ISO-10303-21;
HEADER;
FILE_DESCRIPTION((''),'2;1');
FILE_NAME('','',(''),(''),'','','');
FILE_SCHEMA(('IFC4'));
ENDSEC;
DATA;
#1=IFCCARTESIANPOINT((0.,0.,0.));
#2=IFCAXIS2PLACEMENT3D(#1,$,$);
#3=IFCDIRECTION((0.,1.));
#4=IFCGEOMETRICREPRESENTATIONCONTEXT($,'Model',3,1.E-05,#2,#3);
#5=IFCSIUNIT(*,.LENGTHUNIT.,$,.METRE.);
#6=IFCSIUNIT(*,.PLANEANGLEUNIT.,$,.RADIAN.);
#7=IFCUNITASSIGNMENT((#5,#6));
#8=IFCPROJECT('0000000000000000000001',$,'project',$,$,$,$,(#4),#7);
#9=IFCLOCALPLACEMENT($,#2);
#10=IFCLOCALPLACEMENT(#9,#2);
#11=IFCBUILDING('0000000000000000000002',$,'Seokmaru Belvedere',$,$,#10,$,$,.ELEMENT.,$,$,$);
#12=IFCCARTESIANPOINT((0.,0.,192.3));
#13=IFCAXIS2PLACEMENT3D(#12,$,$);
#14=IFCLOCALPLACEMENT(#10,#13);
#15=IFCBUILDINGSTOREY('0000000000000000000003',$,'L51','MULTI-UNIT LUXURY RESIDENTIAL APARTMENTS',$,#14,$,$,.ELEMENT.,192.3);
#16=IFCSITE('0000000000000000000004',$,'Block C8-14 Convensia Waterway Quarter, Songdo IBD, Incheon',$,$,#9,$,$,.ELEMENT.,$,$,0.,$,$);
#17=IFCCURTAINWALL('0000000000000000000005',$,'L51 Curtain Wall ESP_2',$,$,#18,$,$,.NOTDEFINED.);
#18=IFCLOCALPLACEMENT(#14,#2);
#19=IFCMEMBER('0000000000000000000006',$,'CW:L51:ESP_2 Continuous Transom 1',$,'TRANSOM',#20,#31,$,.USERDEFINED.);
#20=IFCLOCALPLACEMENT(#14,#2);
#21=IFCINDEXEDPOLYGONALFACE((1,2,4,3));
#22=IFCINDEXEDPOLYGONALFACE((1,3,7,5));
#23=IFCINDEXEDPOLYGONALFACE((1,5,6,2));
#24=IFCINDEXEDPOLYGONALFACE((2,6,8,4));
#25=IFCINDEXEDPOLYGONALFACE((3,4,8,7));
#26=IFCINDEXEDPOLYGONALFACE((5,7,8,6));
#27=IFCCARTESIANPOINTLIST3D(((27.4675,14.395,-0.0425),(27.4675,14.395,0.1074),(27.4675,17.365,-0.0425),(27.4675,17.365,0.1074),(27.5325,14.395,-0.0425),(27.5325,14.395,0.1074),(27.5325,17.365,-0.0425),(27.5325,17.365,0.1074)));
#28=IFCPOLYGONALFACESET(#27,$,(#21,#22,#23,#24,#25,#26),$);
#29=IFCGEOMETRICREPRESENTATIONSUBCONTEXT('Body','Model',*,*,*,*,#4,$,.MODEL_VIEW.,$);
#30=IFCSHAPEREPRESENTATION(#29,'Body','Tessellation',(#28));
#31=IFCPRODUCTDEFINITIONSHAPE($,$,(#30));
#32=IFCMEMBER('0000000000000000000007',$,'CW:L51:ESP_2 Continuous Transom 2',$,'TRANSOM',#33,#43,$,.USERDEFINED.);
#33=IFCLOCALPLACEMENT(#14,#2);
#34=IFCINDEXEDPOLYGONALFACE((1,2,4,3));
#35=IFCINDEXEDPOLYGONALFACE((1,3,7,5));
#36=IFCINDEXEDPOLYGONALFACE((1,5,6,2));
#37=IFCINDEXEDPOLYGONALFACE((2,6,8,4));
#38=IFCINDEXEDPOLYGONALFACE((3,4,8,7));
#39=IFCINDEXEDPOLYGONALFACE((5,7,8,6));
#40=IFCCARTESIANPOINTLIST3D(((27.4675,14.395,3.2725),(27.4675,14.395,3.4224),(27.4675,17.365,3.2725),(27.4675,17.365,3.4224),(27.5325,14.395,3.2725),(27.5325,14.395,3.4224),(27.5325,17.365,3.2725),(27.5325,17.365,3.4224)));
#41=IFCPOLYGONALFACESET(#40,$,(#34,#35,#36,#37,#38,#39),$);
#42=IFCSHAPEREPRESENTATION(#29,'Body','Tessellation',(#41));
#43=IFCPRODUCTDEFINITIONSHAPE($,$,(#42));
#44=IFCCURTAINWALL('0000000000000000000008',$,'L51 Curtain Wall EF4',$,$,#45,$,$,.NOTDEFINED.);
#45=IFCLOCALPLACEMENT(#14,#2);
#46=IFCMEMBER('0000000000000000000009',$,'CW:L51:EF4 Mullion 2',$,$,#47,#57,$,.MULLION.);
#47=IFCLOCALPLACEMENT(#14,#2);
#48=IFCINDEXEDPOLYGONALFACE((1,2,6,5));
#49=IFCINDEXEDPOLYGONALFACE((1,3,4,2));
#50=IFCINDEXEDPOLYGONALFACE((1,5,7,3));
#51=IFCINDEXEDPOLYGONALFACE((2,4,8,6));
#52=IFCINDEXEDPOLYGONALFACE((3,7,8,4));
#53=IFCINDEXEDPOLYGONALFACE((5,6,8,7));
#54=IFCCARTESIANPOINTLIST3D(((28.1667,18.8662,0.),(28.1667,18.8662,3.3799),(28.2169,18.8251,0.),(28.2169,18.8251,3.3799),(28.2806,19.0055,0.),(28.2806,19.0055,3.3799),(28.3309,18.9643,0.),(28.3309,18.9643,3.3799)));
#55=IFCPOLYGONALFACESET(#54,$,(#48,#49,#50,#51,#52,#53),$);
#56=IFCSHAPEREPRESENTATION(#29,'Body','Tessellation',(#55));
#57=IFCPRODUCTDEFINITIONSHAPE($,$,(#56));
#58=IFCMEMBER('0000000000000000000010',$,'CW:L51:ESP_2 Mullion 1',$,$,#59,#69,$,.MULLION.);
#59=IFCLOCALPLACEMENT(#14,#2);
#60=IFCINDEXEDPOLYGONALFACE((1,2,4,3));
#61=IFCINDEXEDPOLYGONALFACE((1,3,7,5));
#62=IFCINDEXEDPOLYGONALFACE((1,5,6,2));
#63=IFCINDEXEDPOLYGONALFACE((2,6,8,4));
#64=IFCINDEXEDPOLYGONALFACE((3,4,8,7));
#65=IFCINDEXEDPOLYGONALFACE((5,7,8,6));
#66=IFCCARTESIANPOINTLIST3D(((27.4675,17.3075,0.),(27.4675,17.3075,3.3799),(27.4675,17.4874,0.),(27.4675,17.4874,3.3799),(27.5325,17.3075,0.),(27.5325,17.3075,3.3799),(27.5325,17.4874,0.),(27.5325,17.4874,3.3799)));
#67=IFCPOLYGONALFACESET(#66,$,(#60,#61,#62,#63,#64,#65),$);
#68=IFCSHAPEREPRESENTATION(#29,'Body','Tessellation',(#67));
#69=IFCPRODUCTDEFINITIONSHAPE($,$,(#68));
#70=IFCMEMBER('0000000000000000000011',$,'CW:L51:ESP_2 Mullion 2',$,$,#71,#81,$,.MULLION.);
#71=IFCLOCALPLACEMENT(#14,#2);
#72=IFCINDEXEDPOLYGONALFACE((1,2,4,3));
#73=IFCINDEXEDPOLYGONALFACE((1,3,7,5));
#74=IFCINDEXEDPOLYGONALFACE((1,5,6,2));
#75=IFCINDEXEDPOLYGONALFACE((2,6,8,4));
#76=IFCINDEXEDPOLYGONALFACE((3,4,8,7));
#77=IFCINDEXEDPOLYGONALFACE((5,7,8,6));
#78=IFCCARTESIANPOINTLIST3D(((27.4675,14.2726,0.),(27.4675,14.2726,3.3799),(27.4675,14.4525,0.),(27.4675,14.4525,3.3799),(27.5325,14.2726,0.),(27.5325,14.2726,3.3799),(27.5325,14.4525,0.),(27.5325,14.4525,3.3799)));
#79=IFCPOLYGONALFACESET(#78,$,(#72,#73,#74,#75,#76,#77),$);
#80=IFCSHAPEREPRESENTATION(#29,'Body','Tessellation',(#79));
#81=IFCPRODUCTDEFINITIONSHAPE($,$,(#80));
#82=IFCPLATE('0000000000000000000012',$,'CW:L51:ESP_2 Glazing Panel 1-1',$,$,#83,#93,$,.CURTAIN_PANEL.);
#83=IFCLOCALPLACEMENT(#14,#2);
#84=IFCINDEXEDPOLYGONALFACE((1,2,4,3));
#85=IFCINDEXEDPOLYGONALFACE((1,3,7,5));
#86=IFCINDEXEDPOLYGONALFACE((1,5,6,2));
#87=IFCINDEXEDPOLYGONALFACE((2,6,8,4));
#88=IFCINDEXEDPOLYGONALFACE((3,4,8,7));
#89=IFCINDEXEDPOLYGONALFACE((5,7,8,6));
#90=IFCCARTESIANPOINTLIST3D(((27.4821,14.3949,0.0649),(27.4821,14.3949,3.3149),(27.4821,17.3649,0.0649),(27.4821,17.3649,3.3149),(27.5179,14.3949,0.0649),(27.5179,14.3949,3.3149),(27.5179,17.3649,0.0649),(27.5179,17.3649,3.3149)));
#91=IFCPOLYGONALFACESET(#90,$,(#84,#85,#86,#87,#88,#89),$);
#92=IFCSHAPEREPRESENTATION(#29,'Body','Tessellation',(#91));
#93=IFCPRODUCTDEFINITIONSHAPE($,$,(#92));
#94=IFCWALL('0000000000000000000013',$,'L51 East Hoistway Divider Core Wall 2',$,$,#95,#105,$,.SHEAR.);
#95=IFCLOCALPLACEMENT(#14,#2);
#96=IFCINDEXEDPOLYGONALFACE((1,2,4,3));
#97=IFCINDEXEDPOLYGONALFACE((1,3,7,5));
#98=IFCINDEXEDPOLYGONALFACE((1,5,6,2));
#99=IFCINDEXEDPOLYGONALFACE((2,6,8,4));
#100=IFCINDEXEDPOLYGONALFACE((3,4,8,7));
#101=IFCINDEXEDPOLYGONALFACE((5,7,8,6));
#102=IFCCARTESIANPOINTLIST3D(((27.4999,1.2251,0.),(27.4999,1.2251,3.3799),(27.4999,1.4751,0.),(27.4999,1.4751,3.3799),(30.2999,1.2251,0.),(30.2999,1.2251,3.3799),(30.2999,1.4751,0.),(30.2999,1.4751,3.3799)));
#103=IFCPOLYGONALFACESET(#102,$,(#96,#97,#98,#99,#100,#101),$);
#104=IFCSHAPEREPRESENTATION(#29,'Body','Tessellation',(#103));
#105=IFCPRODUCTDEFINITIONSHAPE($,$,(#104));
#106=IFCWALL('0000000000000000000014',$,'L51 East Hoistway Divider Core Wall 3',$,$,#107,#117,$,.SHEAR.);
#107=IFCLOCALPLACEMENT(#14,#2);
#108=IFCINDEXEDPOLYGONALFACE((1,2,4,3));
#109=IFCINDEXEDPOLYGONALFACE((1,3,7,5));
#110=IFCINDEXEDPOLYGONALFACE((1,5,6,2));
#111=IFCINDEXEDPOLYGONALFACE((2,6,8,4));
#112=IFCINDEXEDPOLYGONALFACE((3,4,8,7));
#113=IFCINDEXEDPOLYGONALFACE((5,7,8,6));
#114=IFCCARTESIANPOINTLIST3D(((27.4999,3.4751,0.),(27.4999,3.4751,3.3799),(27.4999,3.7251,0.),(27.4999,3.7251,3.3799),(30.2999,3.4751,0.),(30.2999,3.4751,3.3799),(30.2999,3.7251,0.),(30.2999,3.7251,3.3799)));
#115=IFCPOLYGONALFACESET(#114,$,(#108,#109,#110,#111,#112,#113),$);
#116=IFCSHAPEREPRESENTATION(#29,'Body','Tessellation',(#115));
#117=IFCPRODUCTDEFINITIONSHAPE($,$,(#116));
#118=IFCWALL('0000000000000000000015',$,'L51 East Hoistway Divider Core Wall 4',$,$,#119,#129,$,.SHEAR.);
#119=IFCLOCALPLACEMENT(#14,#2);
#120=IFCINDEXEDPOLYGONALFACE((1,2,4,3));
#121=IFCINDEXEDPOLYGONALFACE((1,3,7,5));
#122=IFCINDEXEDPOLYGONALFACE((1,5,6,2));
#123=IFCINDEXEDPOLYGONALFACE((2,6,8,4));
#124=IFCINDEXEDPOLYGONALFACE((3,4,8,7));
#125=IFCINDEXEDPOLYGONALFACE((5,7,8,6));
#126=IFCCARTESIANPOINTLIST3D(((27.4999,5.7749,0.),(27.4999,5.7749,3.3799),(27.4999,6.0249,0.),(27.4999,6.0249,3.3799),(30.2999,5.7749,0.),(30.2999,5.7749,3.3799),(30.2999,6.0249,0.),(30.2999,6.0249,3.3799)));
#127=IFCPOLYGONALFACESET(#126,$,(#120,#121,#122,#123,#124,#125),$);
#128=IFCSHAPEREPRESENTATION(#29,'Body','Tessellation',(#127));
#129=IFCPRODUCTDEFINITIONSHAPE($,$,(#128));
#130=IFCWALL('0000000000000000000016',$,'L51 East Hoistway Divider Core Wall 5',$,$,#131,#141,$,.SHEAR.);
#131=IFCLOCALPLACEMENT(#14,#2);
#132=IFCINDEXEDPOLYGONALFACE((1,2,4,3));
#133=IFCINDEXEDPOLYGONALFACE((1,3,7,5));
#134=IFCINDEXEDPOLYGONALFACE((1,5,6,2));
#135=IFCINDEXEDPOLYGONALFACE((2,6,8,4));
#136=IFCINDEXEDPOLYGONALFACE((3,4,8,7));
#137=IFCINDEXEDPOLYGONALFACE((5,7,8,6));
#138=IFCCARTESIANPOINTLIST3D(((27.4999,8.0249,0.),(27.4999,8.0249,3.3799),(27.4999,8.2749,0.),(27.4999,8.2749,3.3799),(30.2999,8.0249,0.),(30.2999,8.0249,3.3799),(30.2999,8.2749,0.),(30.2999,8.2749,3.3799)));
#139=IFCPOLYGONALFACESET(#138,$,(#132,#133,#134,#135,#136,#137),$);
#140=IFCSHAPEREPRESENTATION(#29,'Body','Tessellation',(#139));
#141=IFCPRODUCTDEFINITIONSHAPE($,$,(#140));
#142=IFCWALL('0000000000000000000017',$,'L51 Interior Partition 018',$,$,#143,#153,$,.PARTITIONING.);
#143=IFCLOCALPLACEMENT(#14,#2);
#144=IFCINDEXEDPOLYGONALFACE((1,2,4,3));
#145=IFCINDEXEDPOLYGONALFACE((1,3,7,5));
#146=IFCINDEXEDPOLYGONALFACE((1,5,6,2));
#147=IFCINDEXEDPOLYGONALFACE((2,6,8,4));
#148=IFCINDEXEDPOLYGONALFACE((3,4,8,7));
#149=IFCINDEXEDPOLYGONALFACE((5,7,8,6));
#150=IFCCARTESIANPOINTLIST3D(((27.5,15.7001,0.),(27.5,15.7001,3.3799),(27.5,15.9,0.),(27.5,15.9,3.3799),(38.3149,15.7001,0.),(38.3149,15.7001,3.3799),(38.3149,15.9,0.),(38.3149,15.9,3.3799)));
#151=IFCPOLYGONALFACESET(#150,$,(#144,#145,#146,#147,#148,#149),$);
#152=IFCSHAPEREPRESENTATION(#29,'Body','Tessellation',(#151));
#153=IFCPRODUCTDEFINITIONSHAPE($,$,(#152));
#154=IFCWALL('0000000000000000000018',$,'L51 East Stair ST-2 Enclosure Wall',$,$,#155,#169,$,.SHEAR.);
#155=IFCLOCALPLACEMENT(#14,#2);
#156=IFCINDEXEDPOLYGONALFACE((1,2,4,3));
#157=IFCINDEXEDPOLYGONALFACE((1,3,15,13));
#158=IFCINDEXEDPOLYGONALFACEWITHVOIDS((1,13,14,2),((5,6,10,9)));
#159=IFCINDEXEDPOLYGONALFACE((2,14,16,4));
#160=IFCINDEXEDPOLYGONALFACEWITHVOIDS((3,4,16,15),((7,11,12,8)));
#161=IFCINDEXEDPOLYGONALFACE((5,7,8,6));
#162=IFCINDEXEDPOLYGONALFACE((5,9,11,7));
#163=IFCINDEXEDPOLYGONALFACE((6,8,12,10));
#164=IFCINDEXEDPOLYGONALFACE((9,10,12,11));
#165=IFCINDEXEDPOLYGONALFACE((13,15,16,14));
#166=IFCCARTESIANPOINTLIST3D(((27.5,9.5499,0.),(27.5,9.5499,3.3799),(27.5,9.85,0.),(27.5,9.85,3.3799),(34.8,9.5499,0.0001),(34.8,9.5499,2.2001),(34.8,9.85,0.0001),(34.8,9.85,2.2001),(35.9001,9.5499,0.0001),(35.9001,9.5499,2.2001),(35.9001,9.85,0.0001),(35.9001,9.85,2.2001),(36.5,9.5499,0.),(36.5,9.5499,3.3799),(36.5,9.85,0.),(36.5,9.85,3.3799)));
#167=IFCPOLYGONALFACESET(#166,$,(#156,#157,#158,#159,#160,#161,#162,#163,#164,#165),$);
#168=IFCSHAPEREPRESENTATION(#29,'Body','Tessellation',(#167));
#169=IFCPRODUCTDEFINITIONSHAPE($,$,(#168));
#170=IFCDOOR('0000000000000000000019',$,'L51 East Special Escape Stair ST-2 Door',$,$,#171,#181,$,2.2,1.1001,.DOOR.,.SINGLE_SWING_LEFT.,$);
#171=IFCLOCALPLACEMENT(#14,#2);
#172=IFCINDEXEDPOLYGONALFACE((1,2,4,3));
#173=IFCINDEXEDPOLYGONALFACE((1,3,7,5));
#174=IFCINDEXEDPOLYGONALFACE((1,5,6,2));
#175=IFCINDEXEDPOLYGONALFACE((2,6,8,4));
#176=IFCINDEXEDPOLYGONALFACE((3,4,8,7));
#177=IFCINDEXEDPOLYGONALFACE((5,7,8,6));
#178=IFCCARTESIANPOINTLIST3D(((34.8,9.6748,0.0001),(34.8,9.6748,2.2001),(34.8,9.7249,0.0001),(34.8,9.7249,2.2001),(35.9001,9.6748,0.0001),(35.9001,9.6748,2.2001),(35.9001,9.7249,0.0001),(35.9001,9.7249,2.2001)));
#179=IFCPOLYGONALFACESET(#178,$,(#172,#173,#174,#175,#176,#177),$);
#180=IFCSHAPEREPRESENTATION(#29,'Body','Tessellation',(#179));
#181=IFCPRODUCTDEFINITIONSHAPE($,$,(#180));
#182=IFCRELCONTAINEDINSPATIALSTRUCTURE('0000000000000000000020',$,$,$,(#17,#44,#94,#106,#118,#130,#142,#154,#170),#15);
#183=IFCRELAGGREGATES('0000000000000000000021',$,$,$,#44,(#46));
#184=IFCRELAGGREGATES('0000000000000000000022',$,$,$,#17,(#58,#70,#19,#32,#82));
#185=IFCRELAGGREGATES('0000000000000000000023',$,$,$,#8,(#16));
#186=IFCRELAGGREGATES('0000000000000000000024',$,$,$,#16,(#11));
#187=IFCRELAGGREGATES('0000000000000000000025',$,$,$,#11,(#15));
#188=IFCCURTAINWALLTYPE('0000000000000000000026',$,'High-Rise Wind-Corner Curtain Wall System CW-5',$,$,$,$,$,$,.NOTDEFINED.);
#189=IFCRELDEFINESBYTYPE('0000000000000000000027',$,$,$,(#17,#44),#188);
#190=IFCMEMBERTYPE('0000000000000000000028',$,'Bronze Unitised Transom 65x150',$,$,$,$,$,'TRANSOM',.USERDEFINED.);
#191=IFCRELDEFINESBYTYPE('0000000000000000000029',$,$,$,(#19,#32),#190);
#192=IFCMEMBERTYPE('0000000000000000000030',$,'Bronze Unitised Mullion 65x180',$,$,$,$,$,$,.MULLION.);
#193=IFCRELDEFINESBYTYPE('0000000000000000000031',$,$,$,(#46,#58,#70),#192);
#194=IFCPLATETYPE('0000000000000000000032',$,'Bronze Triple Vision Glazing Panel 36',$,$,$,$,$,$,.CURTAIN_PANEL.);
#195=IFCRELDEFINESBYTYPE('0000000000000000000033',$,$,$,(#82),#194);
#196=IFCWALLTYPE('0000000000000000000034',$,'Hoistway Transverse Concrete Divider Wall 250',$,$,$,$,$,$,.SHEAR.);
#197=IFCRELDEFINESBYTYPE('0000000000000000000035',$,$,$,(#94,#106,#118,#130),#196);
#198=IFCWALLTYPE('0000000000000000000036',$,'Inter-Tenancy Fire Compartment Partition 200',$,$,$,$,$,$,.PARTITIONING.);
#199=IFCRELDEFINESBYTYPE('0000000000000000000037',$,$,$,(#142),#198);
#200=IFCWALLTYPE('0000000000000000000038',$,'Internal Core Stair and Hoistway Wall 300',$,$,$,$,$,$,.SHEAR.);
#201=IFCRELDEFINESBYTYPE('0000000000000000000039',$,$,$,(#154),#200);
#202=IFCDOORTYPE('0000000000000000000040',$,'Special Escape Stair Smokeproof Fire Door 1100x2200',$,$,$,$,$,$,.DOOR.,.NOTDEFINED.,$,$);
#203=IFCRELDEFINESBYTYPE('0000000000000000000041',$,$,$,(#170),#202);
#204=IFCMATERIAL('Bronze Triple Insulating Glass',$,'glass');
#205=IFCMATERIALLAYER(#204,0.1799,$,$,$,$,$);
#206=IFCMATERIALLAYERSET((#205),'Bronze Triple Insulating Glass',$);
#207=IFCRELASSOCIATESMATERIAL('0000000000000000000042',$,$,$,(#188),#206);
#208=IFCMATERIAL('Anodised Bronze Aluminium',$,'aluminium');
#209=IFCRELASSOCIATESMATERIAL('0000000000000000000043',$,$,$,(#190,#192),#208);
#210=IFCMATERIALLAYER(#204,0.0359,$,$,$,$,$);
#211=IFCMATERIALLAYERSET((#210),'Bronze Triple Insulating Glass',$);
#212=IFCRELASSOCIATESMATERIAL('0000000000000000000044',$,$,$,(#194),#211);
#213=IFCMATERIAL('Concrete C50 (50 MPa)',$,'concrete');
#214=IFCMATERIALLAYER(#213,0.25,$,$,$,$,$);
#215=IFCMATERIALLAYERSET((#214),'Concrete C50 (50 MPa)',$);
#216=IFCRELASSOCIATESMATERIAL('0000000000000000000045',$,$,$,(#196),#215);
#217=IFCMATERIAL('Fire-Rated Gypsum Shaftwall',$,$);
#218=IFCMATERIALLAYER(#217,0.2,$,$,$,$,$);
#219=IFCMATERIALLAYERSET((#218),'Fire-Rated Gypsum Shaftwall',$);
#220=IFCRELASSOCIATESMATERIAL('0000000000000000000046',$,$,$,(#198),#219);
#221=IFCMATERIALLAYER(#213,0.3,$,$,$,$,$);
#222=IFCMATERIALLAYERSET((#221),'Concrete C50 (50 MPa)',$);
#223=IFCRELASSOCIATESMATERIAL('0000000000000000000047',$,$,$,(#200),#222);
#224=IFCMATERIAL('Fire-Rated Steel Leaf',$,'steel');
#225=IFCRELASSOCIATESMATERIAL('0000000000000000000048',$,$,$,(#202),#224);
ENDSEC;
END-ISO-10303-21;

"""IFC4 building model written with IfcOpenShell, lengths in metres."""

from ifc_helpers import new_model, si_unit, direction, frame, frame_2d, origin, origin_2d, place, context, subcontext, project, spatial, rectangle, extrude, source, transform, mapped, material, layer, layer_set, material_profile, profile_set, type_object, type_shapes, element, fill, aggregate, save


model = new_model("IFC4")

# Units and contexts
model_context = context("Model", 3, precision=1e-05, world=origin(), true_north=direction((0.0, 1.0)))
body_context = subcontext(model_context, "Body", "Model", "MODEL_VIEW")
ifc_project = project(units=[si_unit("LENGTHUNIT", "METRE"), si_unit("PLANEANGLEUNIT", "RADIAN")], contexts=[model_context])

# Site, building, storey
site_placement = place(None, origin())
site = spatial("IfcSite", under=ifc_project, at=site_placement, Name="Block C8-14 Convensia Waterway Quarter, Songdo IBD, Incheon", CompositionType="ELEMENT", RefElevation=0.0)
building_placement = place(site_placement, origin())
building = spatial("IfcBuilding", under=site, at=building_placement, Name="Seokmaru Belvedere", CompositionType="ELEMENT")
storey_placement = place(building_placement, frame((0.0, 0.0, 192.3)))
storey = spatial("IfcBuildingStorey", under=building, at=storey_placement, Name="L51", Description="MULTI-UNIT LUXURY RESIDENTIAL APARTMENTS", CompositionType="ELEMENT", Elevation=192.3)

# Curtain wall, members
ifc_material_1 = material(Name="Bronze Triple Insulating Glass", Category="glass")
ifc_layer_1 = layer(ifc_material_1, 0.1799)
ifc_layer_set_1 = layer_set([ifc_layer_1], Name="Bronze Triple Insulating Glass")
curtain_wall_type = type_object("IfcCurtainWallType", Name="High-Rise Wind-Corner Curtain Wall System CW-5", PredefinedType="NOTDEFINED", material=ifc_layer_set_1)
curtain_wall_1_placement = place(storey_placement, origin())
curtain_wall_1 = element("IfcCurtainWall", 1, at=curtain_wall_1_placement, inside=storey, type_object=curtain_wall_type, Name="L51 Curtain Wall ESP_2", PredefinedType="NOTDEFINED")
ifc_material_2 = material(Name="Anodised Bronze Aluminium", Category="aluminium")
ifc_material_profile_1 = material_profile(ifc_material_2, rectangle(XDim=0.0649, YDim=0.1499, at=origin_2d()), Name="CW-T-65x150")
ifc_profile_set_1 = profile_set([ifc_material_profile_1], Name="Anodised Bronze Aluminium")
member_type_1 = type_object("IfcMemberType", Name="Bronze Unitised Transom 65x150", ElementType="TRANSOM", PredefinedType="USERDEFINED", material=ifc_profile_set_1)
shared_shape_1 = source(origin(), body_context, "Body", "SweptSolid", [
    extrude(rectangle(XDim=0.0649, YDim=0.1499, at=origin_2d()), origin(), (0.0, 0.0, 1.0), 2.97),
])
type_shapes(member_type_1, [shared_shape_1])
member_1_placement = place(storey_placement, frame((27.5, 17.365, 0.0325), z_axis=(0.0, -1.0, 0.0), x_axis=(1.0, 0.0, 0.0)))
member_1 = element("IfcMember", 2, at=member_1_placement, type_object=member_type_1, Name="CW:L51:ESP_2 Continuous Transom 1", ObjectType="TRANSOM", PredefinedType="USERDEFINED", context=body_context, shape_type="MappedRepresentation", body=[
    mapped(shared_shape_1, transform((0.0, 0.0, 0.0), scale=1.0)),
])
member_2_placement = place(storey_placement, frame((27.5, 17.365, 3.3474), z_axis=(0.0, -1.0, 0.0), x_axis=(1.0, 0.0, 0.0)))
member_2 = element("IfcMember", 3, at=member_2_placement, type_object=member_type_1, Name="CW:L51:ESP_2 Continuous Transom 2", ObjectType="TRANSOM", PredefinedType="USERDEFINED", context=body_context, shape_type="MappedRepresentation", body=[
    mapped(shared_shape_1, transform((0.0, 0.0, 0.0), scale=1.0)),
])

# Curtain wall, member
curtain_wall_2_placement = place(storey_placement, origin())
curtain_wall_2 = element("IfcCurtainWall", 4, at=curtain_wall_2_placement, inside=storey, type_object=curtain_wall_type, Name="L51 Curtain Wall EF4", PredefinedType="NOTDEFINED")
ifc_material_profile_2 = material_profile(ifc_material_2, rectangle(XDim=0.0649, YDim=0.1799, at=origin_2d()), Name="CW-M-65x180")
ifc_profile_set_2 = profile_set([ifc_material_profile_2], Name="Anodised Bronze Aluminium")
member_type_2 = type_object("IfcMemberType", Name="Bronze Unitised Mullion 65x180", PredefinedType="MULLION", material=ifc_profile_set_2)
shared_shape_2 = source(origin(), body_context, "Body", "SweptSolid", [
    extrude(rectangle(XDim=0.0649, YDim=0.1799, at=origin_2d()), origin(), (0.0, 0.0, 1.0), 3.3799),
])
type_shapes(member_type_2, [shared_shape_2])
member_3_placement = place(storey_placement, frame((28.2488, 18.9153, 0.0), z_axis=(0.0, 0.0, 1.0), x_axis=(0.773944, -0.633254, 0.0)))
member_3 = element("IfcMember", 5, at=member_3_placement, type_object=member_type_2, Name="CW:L51:EF4 Mullion 2", PredefinedType="MULLION", context=body_context, shape_type="MappedRepresentation", body=[
    mapped(shared_shape_2, transform((0.0, 0.0, 0.0), scale=1.0)),
])
aggregate(curtain_wall_2, [member_3])

# Members
member_4_placement = place(storey_placement, frame((27.5, 17.3975, 0.0), z_axis=(0.0, 0.0, 1.0), x_axis=(1.0, 0.0, 0.0)))
member_4 = element("IfcMember", 6, at=member_4_placement, type_object=member_type_2, Name="CW:L51:ESP_2 Mullion 1", PredefinedType="MULLION", context=body_context, shape_type="MappedRepresentation", body=[
    mapped(shared_shape_2, transform((0.0, 0.0, 0.0), scale=1.0)),
])
member_5_placement = place(storey_placement, frame((27.5, 14.3625, 0.0), z_axis=(0.0, 0.0, 1.0), x_axis=(1.0, 0.0, 0.0)))
member_5 = element("IfcMember", 7, at=member_5_placement, type_object=member_type_2, Name="CW:L51:ESP_2 Mullion 2", PredefinedType="MULLION", context=body_context, shape_type="MappedRepresentation", body=[
    mapped(shared_shape_2, transform((0.0, 0.0, 0.0), scale=1.0)),
])

# Plate
ifc_layer_2 = layer(ifc_material_1, 0.0359)
ifc_layer_set_2 = layer_set([ifc_layer_2], Name="Bronze Triple Insulating Glass")
plate_type = type_object("IfcPlateType", Name="Bronze Triple Vision Glazing Panel 36", PredefinedType="CURTAIN_PANEL", material=ifc_layer_set_2)
shared_shape_3 = source(origin(), body_context, "Body", "SweptSolid", [
    extrude(rectangle(XDim=2.97, YDim=0.0359, at=origin_2d()), origin(), (0.0, 0.0, 1.0), 3.25),
])
type_shapes(plate_type, [shared_shape_3])
plate_placement = place(storey_placement, frame((27.5, 15.8799, 0.0649), z_axis=(0.0, 0.0, 1.0), x_axis=(0.0, -1.0, 0.0)))
plate = element("IfcPlate", 8, at=plate_placement, type_object=plate_type, Name="CW:L51:ESP_2 Glazing Panel 1-1", PredefinedType="CURTAIN_PANEL", context=body_context, shape_type="MappedRepresentation", body=[
    mapped(shared_shape_3, transform((0.0, 0.0, 0.0), scale=1.0)),
])
aggregate(curtain_wall_1, [member_4, member_5, member_1, member_2, plate])

# Walls
ifc_material_3 = material(Name="Concrete C50 (50 MPa)", Category="concrete")
ifc_layer_3 = layer(ifc_material_3, 0.25)
ifc_layer_set_3 = layer_set([ifc_layer_3], Name="Concrete C50 (50 MPa)")
wall_type_1 = type_object("IfcWallType", Name="Hoistway Transverse Concrete Divider Wall 250", PredefinedType="SHEAR", material=ifc_layer_set_3)
for number, where, z_axis, x_axis, name in (
    (9, (27.5, 1.3501, 0.0), (0.0, 0.0, 1.0), (1.0, 0.0, 0.0), "L51 East Hoistway Divider Core Wall 2"),
    (10, (27.5, 3.6001, 0.0), (0.0, 0.0, 1.0), (1.0, 0.0, 0.0), "L51 East Hoistway Divider Core Wall 3"),
    (11, (27.5, 5.8999, 0.0), (0.0, 0.0, 1.0), (1.0, 0.0, 0.0), "L51 East Hoistway Divider Core Wall 4"),
    (12, (27.5, 8.1499, 0.0), (0.0, 0.0, 1.0), (1.0, 0.0, 0.0), "L51 East Hoistway Divider Core Wall 5"),
):
    element("IfcWall", number, at=place(storey_placement, frame(where, z_axis=z_axis, x_axis=x_axis)), inside=storey, type_object=wall_type_1, Name=name, PredefinedType="SHEAR", context=body_context, shape_type="SweptSolid", body=[
        extrude(rectangle(XDim=2.8, YDim=0.25, at=frame_2d((1.3999, 0.0))), origin(), (0.0, 0.0, 1.0), 3.3799),
    ])
ifc_material_4 = material(Name="Fire-Rated Gypsum Shaftwall")
ifc_layer_4 = layer(ifc_material_4, 0.2)
ifc_layer_set_4 = layer_set([ifc_layer_4], Name="Fire-Rated Gypsum Shaftwall")
wall_type_2 = type_object("IfcWallType", Name="Inter-Tenancy Fire Compartment Partition 200", PredefinedType="PARTITIONING", material=ifc_layer_set_4)
wall_1_placement = place(storey_placement, frame((27.5, 15.8, 0.0), z_axis=(0.0, 0.0, 1.0), x_axis=(1.0, 0.0, 0.0)))
element("IfcWall", 13, at=wall_1_placement, inside=storey, type_object=wall_type_2, Name="L51 Interior Partition 018", PredefinedType="PARTITIONING", context=body_context, shape_type="SweptSolid", body=[
    extrude(rectangle(XDim=10.8149, YDim=0.2, at=frame_2d((5.4075, 0.0))), origin(), (0.0, 0.0, 1.0), 3.3799),
])

# Wall, opening, door
ifc_layer_5 = layer(ifc_material_3, 0.3)
ifc_layer_set_5 = layer_set([ifc_layer_5], Name="Concrete C50 (50 MPa)")
wall_type_3 = type_object("IfcWallType", Name="Internal Core Stair and Hoistway Wall 300", PredefinedType="SHEAR", material=ifc_layer_set_5)
wall_2_placement = place(storey_placement, frame((27.5, 9.7, 0.0), z_axis=(0.0, 0.0, 1.0), x_axis=(1.0, 0.0, 0.0)))
wall_2 = element("IfcWall", 14, at=wall_2_placement, inside=storey, type_object=wall_type_3, Name="L51 East Stair ST-2 Enclosure Wall", PredefinedType="SHEAR", context=body_context, shape_type="SweptSolid", body=[
    extrude(rectangle(XDim=9.0, YDim=0.3, at=frame_2d((4.5, 0.0))), origin(), (0.0, 0.0, 1.0), 3.3799),
])
opening_placement = place(wall_2_placement, frame((7.3, 0.0, 0.0)))
opening = element("IfcOpeningElement", 15, at=opening_placement, cuts=wall_2, PredefinedType="OPENING", context=body_context, shape_type="SweptSolid", body=[
    extrude(rectangle(XDim=1.1001, YDim=2.2, at=frame_2d((0.55, 1.1001))), frame((0.0, 0.1602, 0.0), z_axis=(0.0, -1.0, 0.0), x_axis=(1.0, 0.0, 0.0)), (0.0, 0.0, 1.0), 0.3201),
])
ifc_material_5 = material(Name="Fire-Rated Steel Leaf", Category="steel")
door_type = type_object("IfcDoorType", Name="Special Escape Stair Smokeproof Fire Door 1100x2200", OperationType="NOTDEFINED", PredefinedType="DOOR", material=ifc_material_5)
shared_shape_4 = source(origin(), body_context, "Body", "SweptSolid", [
    extrude(rectangle(XDim=1.1001, YDim=2.2, at=frame_2d((0.55, 1.1001))), frame((0.0, 0.0249, 0.0), z_axis=(0.0, -1.0, 0.0), x_axis=(1.0, 0.0, 0.0)), (0.0, 0.0, 1.0), 0.05),
])
type_shapes(door_type, [shared_shape_4])
door_placement = place(opening_placement, origin())
door = element("IfcDoor", 16, at=door_placement, inside=storey, type_object=door_type, Name="L51 East Special Escape Stair ST-2 Door", OperationType="SINGLE_SWING_LEFT", OverallHeight=2.2, OverallWidth=1.1001, PredefinedType="DOOR", context=body_context, shape_type="MappedRepresentation", body=[
    mapped(shared_shape_4, transform((0.0, 0.0, 0.0), scale=1.0)),
])
fill(opening, door)

save(model, "model.ifc")
